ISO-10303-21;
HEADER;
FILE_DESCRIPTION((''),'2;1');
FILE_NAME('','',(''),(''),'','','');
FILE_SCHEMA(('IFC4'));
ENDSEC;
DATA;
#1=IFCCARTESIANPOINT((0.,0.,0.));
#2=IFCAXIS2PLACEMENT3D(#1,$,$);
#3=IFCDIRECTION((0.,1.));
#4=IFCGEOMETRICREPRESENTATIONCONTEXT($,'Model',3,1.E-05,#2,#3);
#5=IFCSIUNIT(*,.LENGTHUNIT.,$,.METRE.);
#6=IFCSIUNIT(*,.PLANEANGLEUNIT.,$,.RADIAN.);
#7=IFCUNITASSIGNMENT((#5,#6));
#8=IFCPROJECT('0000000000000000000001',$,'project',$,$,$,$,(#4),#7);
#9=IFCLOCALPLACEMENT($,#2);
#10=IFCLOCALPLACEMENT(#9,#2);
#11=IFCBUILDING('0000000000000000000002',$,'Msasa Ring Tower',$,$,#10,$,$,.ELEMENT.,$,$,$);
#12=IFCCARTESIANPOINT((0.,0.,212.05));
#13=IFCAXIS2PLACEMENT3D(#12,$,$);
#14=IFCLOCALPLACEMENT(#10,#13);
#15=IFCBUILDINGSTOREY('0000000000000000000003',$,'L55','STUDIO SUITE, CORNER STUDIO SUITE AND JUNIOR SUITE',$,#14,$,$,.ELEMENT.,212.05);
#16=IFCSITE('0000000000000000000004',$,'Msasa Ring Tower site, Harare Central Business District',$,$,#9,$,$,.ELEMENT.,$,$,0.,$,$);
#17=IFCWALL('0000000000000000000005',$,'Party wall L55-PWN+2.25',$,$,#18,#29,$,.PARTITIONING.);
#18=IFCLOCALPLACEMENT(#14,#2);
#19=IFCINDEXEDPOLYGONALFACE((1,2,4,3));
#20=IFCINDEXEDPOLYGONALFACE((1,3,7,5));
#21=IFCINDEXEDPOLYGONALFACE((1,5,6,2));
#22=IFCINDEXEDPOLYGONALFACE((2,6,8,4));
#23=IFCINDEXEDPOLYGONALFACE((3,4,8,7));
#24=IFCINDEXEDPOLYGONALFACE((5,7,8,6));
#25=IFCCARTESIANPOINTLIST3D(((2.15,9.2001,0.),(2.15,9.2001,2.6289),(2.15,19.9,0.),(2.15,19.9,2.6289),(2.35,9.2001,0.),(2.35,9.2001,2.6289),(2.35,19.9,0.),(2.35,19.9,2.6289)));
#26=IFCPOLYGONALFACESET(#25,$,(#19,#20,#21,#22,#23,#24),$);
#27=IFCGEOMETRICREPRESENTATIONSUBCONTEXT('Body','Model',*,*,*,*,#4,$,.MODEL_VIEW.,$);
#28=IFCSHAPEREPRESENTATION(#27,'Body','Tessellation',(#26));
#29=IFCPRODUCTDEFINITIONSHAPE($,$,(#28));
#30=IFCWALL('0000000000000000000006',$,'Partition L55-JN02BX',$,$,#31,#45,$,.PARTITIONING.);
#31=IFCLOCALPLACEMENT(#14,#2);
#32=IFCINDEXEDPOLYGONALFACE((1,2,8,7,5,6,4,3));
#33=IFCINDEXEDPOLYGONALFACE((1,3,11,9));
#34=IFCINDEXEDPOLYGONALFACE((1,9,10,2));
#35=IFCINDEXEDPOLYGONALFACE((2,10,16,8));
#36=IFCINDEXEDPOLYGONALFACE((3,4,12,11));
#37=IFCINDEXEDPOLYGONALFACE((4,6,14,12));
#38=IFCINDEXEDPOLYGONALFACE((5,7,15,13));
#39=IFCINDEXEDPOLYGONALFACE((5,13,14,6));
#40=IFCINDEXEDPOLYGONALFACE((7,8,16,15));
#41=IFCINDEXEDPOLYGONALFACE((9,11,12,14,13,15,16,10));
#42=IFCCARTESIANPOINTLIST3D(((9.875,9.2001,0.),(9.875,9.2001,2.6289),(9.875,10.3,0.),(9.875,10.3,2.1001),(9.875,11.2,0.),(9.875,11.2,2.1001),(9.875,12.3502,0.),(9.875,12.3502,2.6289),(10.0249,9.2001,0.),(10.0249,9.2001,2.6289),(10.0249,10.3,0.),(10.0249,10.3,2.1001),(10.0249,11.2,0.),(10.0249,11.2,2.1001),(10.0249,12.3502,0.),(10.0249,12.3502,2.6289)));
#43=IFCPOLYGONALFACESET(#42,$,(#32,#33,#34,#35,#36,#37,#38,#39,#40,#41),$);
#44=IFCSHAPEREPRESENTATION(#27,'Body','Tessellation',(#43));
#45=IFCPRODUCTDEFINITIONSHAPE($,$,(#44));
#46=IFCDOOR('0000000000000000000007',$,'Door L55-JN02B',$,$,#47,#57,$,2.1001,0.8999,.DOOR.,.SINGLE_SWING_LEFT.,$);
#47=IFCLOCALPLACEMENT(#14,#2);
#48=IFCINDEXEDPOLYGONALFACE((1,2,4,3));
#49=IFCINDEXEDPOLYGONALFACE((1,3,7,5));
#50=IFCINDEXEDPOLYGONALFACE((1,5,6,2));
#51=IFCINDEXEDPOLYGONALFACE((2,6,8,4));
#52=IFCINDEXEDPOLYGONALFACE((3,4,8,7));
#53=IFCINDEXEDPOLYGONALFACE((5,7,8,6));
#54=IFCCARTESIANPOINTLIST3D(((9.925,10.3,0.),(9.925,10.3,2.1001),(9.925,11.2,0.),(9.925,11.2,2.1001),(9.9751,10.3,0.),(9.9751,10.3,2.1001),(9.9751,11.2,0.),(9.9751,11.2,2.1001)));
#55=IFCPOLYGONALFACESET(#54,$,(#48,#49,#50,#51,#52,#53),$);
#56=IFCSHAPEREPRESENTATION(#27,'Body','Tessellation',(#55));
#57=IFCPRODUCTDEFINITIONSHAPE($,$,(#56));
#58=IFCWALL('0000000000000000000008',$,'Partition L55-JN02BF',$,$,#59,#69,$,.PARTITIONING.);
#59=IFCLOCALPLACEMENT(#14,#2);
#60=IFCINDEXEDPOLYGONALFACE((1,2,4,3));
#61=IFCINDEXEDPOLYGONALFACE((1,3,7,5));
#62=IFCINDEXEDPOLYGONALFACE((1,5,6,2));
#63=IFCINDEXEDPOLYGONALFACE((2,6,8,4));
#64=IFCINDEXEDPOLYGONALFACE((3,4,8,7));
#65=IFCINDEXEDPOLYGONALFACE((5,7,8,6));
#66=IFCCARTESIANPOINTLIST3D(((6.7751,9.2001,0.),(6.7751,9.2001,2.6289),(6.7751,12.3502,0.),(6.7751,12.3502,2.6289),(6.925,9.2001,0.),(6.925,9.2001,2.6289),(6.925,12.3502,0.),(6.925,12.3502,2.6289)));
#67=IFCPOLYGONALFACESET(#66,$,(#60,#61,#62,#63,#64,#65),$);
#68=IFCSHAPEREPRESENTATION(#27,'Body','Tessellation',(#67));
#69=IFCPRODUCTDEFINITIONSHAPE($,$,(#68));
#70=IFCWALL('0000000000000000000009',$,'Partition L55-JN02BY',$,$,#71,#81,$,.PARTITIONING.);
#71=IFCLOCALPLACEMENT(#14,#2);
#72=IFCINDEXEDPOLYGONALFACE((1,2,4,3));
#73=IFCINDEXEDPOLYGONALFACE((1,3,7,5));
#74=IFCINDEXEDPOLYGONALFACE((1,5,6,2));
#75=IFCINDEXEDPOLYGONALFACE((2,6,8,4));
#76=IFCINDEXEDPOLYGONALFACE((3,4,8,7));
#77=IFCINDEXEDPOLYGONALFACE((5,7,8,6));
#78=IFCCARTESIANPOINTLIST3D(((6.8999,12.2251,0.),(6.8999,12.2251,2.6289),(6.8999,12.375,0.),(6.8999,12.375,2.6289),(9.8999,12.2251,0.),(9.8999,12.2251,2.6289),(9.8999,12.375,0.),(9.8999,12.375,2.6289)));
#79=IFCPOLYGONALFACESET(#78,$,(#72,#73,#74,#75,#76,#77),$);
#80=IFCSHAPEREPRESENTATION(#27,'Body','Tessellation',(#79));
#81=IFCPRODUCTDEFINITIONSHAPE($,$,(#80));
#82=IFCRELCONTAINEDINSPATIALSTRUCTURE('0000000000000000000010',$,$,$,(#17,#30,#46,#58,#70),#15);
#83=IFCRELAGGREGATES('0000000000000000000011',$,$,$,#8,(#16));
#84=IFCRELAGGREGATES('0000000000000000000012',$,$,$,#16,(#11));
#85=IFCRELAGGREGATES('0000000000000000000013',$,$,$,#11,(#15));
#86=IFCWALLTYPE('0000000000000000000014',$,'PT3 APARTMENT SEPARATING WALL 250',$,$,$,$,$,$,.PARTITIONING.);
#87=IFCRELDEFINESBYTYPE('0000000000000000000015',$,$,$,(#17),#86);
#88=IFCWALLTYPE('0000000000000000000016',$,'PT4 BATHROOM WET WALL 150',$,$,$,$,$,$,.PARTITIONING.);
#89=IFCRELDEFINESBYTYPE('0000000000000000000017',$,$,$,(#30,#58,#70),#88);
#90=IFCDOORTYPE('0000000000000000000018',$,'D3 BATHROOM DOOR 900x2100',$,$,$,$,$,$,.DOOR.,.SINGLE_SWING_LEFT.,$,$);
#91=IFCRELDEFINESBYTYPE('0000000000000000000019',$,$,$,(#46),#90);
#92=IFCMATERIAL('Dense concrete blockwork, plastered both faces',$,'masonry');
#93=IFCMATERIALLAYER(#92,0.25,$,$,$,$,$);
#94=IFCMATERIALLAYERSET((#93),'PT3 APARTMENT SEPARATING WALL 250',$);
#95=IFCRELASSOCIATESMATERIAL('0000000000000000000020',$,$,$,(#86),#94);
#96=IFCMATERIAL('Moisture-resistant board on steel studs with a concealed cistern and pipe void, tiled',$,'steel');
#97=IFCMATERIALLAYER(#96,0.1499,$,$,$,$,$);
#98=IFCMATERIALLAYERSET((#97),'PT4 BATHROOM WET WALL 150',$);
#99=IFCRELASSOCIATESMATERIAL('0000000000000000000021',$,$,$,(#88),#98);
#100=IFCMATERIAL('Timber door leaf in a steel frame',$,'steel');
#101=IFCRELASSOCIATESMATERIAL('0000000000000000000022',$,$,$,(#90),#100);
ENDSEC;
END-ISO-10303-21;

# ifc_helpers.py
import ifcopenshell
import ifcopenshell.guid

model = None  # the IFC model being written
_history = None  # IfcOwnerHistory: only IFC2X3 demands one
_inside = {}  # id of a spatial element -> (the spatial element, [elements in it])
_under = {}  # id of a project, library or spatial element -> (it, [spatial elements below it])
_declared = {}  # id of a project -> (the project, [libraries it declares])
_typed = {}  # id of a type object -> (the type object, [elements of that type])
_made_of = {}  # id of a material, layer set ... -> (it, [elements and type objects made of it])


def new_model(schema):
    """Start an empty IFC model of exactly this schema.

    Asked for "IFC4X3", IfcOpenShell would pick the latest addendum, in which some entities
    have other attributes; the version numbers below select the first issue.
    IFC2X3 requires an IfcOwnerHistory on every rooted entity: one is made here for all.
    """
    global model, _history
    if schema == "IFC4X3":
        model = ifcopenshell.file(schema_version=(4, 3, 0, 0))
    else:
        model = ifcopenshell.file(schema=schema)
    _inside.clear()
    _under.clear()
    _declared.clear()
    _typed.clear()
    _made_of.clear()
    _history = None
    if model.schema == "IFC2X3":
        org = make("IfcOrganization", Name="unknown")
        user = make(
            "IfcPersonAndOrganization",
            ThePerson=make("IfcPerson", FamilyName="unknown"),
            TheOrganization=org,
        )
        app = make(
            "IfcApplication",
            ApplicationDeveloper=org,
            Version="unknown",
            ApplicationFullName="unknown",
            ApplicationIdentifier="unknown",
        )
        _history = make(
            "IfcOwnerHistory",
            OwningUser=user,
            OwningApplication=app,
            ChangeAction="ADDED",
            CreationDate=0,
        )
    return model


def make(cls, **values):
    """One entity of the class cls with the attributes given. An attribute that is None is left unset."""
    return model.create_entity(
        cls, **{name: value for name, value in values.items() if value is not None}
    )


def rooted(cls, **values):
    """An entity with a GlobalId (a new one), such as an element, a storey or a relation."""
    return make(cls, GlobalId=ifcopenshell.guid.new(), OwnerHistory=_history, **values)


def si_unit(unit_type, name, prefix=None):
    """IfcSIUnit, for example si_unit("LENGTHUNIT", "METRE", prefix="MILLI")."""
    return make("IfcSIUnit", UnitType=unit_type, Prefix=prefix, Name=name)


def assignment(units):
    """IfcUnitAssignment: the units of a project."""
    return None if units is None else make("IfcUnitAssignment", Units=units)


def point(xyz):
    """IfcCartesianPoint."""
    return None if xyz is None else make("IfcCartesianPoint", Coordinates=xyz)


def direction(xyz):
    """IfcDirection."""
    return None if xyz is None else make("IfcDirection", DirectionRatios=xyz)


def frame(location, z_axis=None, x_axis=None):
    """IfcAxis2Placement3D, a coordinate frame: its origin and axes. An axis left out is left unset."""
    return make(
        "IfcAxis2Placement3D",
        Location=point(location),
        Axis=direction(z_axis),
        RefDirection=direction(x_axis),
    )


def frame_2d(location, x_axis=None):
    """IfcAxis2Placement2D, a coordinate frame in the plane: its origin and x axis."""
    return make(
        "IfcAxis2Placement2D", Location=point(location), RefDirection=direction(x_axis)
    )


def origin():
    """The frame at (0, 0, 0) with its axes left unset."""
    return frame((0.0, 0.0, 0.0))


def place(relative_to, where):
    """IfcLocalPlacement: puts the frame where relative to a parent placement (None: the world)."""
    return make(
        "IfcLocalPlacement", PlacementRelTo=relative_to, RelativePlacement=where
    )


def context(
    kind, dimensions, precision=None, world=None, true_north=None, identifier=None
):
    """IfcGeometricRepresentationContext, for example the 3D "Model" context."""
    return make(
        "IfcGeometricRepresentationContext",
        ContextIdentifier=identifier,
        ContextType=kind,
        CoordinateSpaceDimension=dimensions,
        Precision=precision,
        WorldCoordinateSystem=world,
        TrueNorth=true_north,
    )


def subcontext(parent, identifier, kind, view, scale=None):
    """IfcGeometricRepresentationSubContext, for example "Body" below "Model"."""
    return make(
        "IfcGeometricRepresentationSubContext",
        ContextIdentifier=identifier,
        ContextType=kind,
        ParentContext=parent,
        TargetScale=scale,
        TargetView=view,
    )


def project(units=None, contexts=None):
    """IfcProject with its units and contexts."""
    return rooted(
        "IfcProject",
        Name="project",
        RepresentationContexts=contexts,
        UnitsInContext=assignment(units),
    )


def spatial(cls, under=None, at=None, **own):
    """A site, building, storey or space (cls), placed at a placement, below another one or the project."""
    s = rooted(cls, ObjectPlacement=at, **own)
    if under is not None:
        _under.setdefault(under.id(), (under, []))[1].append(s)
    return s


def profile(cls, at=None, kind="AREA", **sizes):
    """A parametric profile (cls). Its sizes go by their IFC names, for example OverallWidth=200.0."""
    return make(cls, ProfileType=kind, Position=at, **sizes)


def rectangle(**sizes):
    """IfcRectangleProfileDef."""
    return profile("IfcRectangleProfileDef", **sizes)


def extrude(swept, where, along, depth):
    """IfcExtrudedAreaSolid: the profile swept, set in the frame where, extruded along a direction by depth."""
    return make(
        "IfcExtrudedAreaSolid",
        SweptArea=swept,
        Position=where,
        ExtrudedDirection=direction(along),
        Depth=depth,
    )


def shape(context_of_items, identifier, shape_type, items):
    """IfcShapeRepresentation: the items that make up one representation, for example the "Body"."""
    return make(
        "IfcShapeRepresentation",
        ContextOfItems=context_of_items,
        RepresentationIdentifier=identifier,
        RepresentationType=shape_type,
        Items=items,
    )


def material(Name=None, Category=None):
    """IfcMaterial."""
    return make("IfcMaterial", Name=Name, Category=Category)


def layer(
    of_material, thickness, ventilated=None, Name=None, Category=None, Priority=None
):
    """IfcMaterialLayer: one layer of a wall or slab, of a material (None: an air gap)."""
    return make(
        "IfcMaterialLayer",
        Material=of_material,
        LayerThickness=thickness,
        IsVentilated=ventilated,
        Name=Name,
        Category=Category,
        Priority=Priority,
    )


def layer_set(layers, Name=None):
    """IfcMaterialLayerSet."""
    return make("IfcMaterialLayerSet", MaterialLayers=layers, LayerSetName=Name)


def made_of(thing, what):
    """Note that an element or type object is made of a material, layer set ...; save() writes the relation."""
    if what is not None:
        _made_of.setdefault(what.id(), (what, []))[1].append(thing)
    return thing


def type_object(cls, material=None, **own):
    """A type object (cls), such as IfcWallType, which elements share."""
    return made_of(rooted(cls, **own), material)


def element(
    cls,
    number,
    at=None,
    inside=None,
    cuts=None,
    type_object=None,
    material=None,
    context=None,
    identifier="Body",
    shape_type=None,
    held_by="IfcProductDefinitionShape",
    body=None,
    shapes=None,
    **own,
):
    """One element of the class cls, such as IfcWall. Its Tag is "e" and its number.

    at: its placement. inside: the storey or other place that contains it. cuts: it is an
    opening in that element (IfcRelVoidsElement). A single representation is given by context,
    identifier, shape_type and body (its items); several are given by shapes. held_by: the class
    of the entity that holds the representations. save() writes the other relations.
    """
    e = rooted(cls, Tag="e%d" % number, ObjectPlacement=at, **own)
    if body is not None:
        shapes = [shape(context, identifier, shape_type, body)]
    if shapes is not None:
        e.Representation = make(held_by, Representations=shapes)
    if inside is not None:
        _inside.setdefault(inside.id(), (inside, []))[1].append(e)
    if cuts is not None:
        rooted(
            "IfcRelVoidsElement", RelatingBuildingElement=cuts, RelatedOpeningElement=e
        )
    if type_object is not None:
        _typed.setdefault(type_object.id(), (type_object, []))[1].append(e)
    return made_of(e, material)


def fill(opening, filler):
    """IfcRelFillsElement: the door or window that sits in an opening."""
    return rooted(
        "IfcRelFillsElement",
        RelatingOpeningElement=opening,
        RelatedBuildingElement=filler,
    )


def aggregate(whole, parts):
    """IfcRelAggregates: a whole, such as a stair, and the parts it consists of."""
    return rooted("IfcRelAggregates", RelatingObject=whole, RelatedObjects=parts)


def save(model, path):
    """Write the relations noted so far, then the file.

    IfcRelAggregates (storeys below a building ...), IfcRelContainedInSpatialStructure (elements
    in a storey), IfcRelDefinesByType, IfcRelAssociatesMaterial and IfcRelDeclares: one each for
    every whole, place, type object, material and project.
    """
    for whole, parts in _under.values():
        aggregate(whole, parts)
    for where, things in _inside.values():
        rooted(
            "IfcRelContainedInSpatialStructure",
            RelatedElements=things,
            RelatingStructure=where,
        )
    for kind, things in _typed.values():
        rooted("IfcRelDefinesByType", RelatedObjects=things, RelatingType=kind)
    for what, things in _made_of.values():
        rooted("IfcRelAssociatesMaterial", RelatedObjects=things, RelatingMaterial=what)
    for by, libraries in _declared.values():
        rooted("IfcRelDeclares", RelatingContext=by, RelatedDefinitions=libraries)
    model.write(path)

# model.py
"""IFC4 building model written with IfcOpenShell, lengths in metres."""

from ifc_helpers import new_model, si_unit, direction, frame, frame_2d, origin, place, context, subcontext, project, spatial, rectangle, extrude, material, layer, layer_set, type_object, element, fill, save


model = new_model("IFC4")

# Units and contexts
model_context = context("Model", 3, precision=1e-05, world=origin(), true_north=direction((0.0, 1.0)))
body_context = subcontext(model_context, "Body", "Model", "MODEL_VIEW")
ifc_project = project(units=[si_unit("LENGTHUNIT", "METRE"), si_unit("PLANEANGLEUNIT", "RADIAN")], contexts=[model_context])

# Site, building, storey
site_placement = place(None, origin())
site = spatial("IfcSite", under=ifc_project, at=site_placement, Name="Msasa Ring Tower site, Harare Central Business District", CompositionType="ELEMENT", RefElevation=0.0)
building_placement = place(site_placement, origin())
building = spatial("IfcBuilding", under=site, at=building_placement, Name="Msasa Ring Tower", CompositionType="ELEMENT")
storey_placement = place(building_placement, frame((0.0, 0.0, 212.05)))
storey = spatial("IfcBuildingStorey", under=building, at=storey_placement, Name="L55", Description="STUDIO SUITE, CORNER STUDIO SUITE AND JUNIOR SUITE", CompositionType="ELEMENT", Elevation=212.05)

# Wall
ifc_material_1 = material(Name="Dense concrete blockwork, plastered both faces", Category="masonry")
ifc_layer_1 = layer(ifc_material_1, 0.25)
ifc_layer_set_1 = layer_set([ifc_layer_1], Name="PT3 APARTMENT SEPARATING WALL 250")
wall_type_1 = type_object("IfcWallType", Name="PT3 APARTMENT SEPARATING WALL 250", PredefinedType="PARTITIONING", material=ifc_layer_set_1)
wall_1_placement = place(storey_placement, frame((2.25, 9.2, 0.0), z_axis=(0.0, 0.0, 1.0), x_axis=(0.0, 1.0, 0.0)))
element("IfcWall", 1, at=wall_1_placement, inside=storey, type_object=wall_type_1, Name="Party wall L55-PWN+2.25", PredefinedType="PARTITIONING", context=body_context, shape_type="SweptSolid", body=[
    extrude(rectangle(XDim=10.7, YDim=0.2, at=frame_2d((5.3501, 0.0))), origin(), (0.0, 0.0, 1.0), 2.6289),
])

# Wall, opening, door
ifc_material_2 = material(Name="Moisture-resistant board on steel studs with a concealed cistern and pipe void, tiled", Category="steel")
ifc_layer_2 = layer(ifc_material_2, 0.1499)
ifc_layer_set_2 = layer_set([ifc_layer_2], Name="PT4 BATHROOM WET WALL 150")
wall_type_2 = type_object("IfcWallType", Name="PT4 BATHROOM WET WALL 150", PredefinedType="PARTITIONING", material=ifc_layer_set_2)
wall_2_placement = place(storey_placement, frame((9.95, 9.2, 0.0), z_axis=(0.0, 0.0, 1.0), x_axis=(0.0, 1.0, 0.0)))
wall_2 = element("IfcWall", 2, at=wall_2_placement, inside=storey, type_object=wall_type_2, Name="Partition L55-JN02BX", PredefinedType="PARTITIONING", context=body_context, shape_type="SweptSolid", body=[
    extrude(rectangle(XDim=3.1501, YDim=0.1499, at=frame_2d((1.5752, 0.0))), origin(), (0.0, 0.0, 1.0), 2.6289),
])
opening_1_placement = place(wall_2_placement, frame((1.1001, 0.0, 0.0)))
opening_1 = element("IfcOpeningElement", 3, at=opening_1_placement, cuts=wall_2, PredefinedType="OPENING", context=body_context, shape_type="SweptSolid", body=[
    extrude(rectangle(XDim=0.8999, YDim=2.1001, at=frame_2d((0.45, 1.05))), frame((0.0, 0.085, 0.0), z_axis=(0.0, -1.0, 0.0), x_axis=(1.0, 0.0, 0.0)), (0.0, 0.0, 1.0), 0.1699),
])
ifc_material_3 = material(Name="Timber door leaf in a steel frame", Category="steel")
door_type_1 = type_object("IfcDoorType", Name="D3 BATHROOM DOOR 900x2100", OperationType="SINGLE_SWING_LEFT", PredefinedType="DOOR", material=ifc_material_3)
door_1_placement = place(opening_1_placement, origin())
door_1 = element("IfcDoor", 4, at=door_1_placement, inside=storey, type_object=door_type_1, Name="Door L55-JN02B", OperationType="SINGLE_SWING_LEFT", OverallHeight=2.1001, OverallWidth=0.8999, PredefinedType="DOOR", context=body_context, shape_type="SweptSolid", body=[
    extrude(rectangle(XDim=0.8999, YDim=2.1001, at=frame_2d((0.45, 1.05))), frame((0.0, 0.0249, 0.0), z_axis=(0.0, -1.0, 0.0), x_axis=(1.0, 0.0, 0.0)), (0.0, 0.0, 1.0), 0.05),
])
fill(opening_1, door_1)

# Walls
wall_3_placement = place(storey_placement, frame((6.8501, 9.2, 0.0), z_axis=(0.0, 0.0, 1.0), x_axis=(0.0, 1.0, 0.0)))
element("IfcWall", 5, at=wall_3_placement, inside=storey, type_object=wall_type_2, Name="Partition L55-JN02BF", PredefinedType="PARTITIONING", context=body_context, shape_type="SweptSolid", body=[
    extrude(rectangle(XDim=3.1501, YDim=0.1499, at=frame_2d((1.5752, 0.0))), origin(), (0.0, 0.0, 1.0), 2.6289),
])
wall_4_placement = place(storey_placement, frame((6.8999, 12.3, 0.0), z_axis=(0.0, 0.0, 1.0), x_axis=(1.0, 0.0, 0.0)))
element("IfcWall", 6, at=wall_4_placement, inside=storey, type_object=wall_type_2, Name="Partition L55-JN02BY", PredefinedType="PARTITIONING", context=body_context, shape_type="SweptSolid", body=[
    extrude(rectangle(XDim=3.0, YDim=0.1499, at=frame_2d((1.5, 0.0))), origin(), (0.0, 0.0, 1.0), 2.6289),
])

save(model, "model.ifc")
